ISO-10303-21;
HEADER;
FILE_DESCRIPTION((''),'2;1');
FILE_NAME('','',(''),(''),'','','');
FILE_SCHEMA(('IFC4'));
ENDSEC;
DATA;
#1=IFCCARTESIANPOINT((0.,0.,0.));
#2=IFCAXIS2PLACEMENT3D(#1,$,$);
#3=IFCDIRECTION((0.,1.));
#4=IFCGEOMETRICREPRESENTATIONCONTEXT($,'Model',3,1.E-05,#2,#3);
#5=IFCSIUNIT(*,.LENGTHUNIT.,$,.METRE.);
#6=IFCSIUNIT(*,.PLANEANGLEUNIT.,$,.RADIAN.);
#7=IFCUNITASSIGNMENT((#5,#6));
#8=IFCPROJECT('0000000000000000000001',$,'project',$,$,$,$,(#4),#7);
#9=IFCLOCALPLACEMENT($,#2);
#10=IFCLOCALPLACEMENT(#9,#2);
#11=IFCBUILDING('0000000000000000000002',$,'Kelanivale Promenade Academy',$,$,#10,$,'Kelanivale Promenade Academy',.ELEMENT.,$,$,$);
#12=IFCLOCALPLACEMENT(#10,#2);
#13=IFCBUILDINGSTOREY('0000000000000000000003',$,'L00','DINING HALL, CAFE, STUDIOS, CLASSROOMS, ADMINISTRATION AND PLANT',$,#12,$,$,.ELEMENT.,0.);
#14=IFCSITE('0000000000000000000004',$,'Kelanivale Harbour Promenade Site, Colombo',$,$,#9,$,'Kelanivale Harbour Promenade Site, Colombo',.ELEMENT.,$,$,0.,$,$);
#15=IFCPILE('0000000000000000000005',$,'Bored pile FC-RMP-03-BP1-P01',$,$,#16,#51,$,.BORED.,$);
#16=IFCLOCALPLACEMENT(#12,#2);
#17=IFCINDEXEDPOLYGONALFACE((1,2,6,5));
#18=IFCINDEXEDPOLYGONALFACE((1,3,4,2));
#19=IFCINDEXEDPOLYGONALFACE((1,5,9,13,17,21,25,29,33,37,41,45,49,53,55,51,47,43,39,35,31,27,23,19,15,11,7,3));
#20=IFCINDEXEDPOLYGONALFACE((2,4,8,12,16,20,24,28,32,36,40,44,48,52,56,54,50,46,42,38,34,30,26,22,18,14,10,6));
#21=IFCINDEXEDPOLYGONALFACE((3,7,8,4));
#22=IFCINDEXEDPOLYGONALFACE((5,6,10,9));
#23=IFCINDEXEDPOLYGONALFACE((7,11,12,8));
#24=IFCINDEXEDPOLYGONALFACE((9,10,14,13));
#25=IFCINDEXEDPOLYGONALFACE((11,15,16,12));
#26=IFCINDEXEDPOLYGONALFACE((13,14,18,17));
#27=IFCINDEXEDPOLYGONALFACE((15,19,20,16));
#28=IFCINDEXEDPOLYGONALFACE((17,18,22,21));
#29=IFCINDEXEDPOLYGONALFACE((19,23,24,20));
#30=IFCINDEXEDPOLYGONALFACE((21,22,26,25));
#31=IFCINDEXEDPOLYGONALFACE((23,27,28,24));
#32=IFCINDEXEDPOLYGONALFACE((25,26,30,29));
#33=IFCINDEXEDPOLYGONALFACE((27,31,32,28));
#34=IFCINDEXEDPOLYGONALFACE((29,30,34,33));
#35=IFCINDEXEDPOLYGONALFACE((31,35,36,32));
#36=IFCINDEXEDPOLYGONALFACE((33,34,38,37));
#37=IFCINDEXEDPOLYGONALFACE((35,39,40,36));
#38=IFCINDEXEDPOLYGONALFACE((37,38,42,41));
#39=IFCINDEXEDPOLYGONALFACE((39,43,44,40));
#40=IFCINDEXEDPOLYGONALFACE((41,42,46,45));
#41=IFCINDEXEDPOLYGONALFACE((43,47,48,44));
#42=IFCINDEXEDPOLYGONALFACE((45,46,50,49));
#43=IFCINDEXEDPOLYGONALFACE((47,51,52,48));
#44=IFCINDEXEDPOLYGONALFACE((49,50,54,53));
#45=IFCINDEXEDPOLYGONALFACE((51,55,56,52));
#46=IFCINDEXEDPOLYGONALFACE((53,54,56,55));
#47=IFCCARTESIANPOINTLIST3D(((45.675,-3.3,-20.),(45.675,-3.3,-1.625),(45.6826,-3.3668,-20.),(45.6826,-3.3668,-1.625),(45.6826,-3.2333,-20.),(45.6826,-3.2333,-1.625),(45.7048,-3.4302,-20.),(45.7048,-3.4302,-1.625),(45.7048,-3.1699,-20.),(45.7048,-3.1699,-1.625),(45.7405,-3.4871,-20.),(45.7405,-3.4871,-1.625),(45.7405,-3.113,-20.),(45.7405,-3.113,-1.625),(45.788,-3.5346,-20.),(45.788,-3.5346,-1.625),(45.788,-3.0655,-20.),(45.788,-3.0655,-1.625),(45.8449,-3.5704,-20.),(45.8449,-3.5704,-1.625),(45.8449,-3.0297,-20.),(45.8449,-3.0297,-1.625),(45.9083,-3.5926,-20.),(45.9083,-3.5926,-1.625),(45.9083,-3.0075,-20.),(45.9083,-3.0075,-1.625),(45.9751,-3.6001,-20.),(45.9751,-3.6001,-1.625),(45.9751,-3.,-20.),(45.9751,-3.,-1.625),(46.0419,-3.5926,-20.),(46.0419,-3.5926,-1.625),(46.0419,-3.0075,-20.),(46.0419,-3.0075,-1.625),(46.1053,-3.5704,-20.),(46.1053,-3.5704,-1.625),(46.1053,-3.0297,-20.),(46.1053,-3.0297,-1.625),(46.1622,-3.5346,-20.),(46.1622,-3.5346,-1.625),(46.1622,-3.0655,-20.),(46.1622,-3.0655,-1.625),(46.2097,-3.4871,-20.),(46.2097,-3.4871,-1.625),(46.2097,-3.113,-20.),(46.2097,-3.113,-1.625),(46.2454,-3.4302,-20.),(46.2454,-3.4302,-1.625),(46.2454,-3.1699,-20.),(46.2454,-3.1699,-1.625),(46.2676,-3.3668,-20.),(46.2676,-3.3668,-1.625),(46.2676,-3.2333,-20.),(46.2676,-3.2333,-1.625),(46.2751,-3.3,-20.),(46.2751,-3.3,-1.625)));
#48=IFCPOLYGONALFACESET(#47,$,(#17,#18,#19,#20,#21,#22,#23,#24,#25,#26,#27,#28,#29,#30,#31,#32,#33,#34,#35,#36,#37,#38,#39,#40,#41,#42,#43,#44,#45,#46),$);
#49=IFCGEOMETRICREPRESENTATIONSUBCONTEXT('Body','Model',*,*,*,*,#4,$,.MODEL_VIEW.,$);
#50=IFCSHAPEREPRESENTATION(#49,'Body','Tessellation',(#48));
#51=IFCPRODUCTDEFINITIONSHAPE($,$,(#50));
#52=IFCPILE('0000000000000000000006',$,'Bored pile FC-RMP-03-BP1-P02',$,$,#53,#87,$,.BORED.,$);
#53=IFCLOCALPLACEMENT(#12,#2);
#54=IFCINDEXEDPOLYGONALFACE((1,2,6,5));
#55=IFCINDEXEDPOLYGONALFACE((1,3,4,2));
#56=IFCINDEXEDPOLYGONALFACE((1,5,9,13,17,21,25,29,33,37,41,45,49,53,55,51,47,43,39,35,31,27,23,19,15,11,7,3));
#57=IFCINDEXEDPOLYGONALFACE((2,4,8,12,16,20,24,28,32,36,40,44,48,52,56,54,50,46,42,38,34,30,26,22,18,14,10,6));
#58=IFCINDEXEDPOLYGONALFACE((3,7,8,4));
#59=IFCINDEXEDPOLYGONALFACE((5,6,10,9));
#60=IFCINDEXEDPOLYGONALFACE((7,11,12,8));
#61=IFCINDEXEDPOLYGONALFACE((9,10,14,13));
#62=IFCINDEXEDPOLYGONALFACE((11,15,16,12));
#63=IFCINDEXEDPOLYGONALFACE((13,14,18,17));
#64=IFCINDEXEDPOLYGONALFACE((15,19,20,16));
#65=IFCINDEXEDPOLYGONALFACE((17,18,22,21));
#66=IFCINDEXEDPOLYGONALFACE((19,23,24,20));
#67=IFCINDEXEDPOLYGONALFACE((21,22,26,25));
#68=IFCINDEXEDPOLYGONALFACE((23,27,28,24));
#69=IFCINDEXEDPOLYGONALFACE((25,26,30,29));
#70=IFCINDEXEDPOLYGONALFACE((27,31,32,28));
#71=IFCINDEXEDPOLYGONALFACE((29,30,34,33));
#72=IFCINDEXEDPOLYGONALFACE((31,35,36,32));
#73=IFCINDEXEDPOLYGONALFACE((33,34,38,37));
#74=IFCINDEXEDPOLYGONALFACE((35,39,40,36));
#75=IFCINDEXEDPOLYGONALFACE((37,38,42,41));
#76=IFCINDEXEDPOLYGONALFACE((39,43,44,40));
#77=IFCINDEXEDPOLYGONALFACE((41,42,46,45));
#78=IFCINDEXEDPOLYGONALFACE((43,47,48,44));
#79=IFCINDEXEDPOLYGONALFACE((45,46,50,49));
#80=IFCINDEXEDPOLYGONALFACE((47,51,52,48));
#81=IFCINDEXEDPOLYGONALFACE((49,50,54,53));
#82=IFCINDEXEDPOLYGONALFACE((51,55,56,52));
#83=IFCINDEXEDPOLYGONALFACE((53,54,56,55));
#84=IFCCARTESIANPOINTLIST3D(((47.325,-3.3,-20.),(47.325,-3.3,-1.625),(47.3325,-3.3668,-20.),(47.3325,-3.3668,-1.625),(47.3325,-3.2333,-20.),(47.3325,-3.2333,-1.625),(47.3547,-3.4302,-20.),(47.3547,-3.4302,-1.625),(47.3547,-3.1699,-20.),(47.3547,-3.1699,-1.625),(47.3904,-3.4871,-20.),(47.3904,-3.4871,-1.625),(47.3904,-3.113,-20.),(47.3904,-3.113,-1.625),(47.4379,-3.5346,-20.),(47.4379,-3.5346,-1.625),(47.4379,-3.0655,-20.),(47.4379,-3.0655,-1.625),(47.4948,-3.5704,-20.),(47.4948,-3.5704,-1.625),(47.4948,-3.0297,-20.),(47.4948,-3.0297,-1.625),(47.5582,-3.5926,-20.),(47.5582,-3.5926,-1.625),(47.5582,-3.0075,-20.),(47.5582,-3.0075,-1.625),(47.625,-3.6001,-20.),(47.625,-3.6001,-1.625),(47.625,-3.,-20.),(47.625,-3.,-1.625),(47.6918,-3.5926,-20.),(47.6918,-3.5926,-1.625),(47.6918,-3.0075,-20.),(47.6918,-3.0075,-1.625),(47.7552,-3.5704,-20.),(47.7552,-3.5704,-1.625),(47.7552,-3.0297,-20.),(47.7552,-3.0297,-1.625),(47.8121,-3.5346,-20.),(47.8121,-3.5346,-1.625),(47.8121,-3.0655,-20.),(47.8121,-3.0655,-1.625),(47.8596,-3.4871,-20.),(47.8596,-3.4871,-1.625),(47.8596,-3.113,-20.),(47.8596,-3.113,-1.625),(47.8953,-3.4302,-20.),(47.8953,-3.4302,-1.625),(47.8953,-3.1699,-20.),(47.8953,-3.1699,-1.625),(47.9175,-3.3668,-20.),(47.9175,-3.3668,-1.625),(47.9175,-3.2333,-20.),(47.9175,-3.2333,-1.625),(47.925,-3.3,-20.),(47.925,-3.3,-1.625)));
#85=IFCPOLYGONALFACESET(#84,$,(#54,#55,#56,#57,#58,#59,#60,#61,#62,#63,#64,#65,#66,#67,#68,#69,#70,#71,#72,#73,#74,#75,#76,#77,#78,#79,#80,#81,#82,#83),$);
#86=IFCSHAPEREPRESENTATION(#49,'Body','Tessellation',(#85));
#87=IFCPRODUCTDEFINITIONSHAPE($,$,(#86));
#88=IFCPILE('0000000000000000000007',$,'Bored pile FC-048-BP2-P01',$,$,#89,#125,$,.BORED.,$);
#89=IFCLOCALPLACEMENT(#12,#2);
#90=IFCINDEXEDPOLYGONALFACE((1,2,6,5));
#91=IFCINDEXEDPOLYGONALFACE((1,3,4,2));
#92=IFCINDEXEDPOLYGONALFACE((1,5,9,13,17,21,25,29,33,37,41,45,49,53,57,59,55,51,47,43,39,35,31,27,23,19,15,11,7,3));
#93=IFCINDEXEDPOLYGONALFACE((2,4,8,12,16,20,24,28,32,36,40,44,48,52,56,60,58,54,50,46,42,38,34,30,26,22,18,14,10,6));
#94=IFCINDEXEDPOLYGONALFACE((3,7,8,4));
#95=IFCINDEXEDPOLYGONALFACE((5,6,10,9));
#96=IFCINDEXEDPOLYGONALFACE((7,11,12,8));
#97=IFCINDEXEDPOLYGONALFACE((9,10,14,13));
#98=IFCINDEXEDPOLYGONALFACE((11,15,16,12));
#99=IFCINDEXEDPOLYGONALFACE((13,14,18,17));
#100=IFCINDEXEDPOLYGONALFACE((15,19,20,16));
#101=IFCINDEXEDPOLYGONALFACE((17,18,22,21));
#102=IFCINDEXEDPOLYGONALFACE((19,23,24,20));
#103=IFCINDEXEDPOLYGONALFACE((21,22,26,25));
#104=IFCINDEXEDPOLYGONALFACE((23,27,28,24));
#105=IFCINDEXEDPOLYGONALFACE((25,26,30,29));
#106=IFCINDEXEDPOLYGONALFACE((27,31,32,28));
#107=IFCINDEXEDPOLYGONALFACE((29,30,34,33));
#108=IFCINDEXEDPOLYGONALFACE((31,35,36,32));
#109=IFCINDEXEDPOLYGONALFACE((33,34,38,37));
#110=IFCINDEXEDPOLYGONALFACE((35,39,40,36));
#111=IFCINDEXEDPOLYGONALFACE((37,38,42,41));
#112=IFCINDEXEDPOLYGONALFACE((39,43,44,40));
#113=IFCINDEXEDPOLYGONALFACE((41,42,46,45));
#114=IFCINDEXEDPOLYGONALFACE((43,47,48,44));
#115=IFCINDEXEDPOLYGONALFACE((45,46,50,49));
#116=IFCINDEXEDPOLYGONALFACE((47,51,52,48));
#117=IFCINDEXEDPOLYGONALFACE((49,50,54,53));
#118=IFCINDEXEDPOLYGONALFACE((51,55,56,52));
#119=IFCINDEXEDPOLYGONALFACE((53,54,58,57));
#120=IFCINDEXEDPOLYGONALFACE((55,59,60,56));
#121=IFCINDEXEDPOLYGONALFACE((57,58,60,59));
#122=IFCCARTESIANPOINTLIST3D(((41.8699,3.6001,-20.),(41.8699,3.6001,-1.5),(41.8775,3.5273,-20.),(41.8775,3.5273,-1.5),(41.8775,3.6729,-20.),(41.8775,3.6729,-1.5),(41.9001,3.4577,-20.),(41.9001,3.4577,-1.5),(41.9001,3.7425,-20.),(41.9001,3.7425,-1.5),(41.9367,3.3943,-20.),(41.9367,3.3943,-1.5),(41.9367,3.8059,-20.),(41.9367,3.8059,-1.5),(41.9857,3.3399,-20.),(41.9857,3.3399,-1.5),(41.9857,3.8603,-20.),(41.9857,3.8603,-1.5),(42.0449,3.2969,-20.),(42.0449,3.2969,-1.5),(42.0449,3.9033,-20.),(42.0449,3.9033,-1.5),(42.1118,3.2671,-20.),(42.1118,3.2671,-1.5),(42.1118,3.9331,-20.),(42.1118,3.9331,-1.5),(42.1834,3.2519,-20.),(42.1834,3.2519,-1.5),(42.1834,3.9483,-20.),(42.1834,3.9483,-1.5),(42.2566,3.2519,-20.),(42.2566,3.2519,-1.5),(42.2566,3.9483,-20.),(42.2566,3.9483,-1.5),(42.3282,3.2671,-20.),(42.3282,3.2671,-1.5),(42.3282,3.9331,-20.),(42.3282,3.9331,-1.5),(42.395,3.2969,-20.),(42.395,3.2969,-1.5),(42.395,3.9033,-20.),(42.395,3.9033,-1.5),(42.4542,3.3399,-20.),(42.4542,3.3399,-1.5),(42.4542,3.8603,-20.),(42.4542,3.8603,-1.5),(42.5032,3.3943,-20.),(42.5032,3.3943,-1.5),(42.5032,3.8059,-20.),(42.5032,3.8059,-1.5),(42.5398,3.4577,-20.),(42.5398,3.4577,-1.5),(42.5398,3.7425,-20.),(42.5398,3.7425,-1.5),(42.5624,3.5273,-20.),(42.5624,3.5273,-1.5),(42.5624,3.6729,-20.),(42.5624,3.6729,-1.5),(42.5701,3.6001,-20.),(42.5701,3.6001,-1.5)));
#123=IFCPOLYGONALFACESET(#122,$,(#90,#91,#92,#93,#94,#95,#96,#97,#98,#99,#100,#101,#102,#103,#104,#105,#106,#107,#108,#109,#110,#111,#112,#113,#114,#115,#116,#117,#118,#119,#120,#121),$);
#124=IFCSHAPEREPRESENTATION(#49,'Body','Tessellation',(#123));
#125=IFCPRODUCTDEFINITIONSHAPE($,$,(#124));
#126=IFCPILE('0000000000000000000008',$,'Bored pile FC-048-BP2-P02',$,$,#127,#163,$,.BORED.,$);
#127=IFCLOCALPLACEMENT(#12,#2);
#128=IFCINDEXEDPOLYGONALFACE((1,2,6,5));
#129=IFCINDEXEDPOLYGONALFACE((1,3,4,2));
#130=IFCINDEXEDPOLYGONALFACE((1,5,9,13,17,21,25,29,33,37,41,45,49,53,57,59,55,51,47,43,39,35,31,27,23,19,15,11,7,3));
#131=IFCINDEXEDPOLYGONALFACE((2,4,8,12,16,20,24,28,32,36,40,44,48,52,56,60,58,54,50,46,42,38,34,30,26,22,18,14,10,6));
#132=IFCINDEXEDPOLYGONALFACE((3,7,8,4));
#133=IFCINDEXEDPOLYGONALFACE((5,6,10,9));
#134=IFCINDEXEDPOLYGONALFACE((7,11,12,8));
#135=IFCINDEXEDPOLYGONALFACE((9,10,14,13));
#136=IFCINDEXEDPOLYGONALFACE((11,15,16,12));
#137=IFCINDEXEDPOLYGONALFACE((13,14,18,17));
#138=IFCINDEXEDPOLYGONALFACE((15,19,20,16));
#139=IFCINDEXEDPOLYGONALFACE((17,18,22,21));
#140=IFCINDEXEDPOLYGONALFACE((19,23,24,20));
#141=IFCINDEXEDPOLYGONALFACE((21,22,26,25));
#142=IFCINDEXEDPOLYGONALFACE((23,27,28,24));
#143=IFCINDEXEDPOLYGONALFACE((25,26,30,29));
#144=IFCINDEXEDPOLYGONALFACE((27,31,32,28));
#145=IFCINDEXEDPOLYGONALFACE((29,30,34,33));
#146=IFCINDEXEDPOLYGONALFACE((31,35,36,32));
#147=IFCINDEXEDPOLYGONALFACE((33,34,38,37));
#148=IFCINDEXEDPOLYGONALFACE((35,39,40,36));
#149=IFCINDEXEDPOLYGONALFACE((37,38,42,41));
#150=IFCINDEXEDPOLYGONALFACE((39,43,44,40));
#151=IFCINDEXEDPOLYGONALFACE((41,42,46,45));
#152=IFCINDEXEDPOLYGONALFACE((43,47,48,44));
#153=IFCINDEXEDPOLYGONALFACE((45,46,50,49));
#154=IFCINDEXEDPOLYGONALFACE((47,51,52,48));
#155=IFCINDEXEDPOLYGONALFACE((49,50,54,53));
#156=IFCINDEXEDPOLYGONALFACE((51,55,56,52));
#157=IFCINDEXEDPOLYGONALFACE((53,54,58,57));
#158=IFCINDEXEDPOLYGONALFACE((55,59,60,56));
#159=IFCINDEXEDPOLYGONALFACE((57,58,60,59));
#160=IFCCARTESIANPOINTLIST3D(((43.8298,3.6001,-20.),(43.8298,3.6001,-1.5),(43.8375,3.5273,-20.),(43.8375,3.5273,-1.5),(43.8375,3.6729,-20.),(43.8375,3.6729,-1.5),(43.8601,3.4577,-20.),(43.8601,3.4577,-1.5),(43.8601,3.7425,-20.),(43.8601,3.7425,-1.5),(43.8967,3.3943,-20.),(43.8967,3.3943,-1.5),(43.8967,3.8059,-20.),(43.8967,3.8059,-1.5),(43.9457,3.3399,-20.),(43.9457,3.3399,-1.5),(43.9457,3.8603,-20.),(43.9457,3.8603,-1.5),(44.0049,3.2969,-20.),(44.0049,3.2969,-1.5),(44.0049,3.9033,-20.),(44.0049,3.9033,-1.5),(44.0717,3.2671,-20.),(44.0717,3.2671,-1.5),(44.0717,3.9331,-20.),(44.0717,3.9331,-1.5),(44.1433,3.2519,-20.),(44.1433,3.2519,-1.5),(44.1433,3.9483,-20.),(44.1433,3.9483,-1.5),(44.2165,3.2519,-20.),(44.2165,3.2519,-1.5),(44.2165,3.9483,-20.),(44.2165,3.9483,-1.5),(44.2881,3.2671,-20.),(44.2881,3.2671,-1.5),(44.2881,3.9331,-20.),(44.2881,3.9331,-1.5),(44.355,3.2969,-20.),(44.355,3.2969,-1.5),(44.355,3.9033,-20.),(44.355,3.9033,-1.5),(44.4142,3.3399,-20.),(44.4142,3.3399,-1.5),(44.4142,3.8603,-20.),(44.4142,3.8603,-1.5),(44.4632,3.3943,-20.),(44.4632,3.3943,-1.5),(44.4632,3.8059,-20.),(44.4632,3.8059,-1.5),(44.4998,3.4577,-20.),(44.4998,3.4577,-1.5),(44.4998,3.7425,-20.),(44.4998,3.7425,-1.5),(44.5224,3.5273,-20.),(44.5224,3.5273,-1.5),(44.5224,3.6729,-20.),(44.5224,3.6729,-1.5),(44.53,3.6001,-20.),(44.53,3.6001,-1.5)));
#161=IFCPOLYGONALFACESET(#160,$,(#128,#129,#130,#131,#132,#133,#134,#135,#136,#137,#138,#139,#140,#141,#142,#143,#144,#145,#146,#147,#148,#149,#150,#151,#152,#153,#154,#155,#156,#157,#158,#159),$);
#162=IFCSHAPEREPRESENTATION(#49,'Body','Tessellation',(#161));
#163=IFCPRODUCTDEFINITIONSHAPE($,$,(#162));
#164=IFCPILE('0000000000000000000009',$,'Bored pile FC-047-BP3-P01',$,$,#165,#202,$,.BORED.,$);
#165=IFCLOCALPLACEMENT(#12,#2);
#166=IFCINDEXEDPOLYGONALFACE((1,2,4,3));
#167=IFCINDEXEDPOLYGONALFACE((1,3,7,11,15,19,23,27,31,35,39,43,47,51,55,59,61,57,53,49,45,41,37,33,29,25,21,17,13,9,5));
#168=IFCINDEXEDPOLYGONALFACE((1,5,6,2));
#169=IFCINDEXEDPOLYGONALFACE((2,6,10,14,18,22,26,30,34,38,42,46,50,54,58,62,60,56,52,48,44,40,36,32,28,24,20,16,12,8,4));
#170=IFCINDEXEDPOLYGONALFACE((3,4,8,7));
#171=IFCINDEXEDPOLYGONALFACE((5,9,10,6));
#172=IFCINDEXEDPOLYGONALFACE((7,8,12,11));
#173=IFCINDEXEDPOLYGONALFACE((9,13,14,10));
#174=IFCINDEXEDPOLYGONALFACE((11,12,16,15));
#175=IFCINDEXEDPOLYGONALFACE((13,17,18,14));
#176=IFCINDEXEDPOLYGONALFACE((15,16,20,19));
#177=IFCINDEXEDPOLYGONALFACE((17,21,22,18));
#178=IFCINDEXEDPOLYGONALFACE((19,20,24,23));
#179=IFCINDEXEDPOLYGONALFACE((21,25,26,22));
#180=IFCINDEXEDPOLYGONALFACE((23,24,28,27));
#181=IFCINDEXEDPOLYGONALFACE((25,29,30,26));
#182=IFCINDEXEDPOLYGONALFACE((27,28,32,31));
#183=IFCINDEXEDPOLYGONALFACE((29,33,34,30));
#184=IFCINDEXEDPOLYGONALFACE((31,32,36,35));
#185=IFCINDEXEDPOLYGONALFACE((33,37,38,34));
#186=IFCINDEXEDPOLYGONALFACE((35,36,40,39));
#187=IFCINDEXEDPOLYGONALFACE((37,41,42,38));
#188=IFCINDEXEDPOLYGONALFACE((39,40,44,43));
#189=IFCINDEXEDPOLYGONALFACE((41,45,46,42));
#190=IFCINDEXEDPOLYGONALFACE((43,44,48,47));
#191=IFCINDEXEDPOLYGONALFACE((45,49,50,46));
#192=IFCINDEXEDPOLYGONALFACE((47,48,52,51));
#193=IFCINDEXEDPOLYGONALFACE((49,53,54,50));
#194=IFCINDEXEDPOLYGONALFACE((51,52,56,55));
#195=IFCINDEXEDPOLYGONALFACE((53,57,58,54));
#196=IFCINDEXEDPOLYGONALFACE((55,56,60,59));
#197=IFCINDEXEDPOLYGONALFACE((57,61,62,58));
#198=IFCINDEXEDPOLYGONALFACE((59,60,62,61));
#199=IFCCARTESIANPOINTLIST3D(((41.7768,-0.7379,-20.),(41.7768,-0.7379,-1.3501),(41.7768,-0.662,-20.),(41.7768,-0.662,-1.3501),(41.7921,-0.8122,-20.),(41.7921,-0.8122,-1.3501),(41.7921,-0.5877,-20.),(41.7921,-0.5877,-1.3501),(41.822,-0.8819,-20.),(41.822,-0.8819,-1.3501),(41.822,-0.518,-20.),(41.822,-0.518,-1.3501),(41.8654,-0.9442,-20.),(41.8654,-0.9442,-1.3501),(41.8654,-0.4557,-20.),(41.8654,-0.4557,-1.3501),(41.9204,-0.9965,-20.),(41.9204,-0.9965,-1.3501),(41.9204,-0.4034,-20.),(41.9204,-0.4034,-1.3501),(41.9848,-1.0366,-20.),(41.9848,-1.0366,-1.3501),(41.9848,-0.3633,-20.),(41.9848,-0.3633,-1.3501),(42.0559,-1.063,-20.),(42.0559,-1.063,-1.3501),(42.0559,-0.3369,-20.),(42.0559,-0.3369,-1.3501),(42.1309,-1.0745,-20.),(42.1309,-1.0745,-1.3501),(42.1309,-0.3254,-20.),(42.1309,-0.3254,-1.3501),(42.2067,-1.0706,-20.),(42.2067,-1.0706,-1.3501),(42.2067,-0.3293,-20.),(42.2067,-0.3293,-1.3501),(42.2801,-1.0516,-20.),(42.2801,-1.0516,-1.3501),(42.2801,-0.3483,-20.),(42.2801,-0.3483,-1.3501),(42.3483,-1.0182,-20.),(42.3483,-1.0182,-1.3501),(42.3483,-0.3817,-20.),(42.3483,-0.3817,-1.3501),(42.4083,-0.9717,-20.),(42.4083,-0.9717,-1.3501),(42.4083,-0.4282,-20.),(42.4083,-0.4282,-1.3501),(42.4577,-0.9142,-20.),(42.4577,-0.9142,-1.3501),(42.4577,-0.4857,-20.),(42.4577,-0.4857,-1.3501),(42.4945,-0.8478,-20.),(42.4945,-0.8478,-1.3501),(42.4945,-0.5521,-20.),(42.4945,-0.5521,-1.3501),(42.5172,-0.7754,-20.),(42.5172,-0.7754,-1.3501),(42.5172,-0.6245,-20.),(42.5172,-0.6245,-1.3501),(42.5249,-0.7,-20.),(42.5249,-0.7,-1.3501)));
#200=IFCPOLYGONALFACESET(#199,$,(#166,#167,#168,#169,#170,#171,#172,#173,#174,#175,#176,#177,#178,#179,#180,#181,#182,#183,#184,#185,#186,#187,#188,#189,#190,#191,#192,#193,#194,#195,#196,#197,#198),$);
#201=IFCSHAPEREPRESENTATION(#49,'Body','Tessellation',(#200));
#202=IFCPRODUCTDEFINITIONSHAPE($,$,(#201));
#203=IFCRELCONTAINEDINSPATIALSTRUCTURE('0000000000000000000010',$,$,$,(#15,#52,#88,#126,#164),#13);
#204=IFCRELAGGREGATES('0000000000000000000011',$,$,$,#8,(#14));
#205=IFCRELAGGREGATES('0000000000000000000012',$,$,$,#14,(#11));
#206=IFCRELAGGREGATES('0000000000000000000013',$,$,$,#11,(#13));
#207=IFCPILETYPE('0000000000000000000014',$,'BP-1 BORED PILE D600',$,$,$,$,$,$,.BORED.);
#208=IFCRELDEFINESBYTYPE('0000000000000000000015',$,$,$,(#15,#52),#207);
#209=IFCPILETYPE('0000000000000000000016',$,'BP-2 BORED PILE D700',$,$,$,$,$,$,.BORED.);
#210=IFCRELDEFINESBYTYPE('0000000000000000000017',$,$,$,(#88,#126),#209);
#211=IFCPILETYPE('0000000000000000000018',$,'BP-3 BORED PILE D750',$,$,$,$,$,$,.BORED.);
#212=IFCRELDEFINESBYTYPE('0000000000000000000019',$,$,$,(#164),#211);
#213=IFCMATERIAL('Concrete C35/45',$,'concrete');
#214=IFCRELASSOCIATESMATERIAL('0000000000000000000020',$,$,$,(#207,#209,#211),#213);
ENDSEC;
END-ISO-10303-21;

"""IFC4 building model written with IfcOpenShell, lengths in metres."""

from ifc_helpers import new_model, si_unit, direction, frame, origin, origin_2d, place, context, subcontext, project, spatial, circle, extrude, material, material_profile, profile_set, type_object, element, save


model = new_model("IFC4")

# Units and contexts
model_context = context("Model", 3, precision=1e-05, world=origin(), true_north=direction((0.0, 1.0)))
body_context = subcontext(model_context, "Body", "Model", "MODEL_VIEW")
ifc_project = project(units=[si_unit("LENGTHUNIT", "METRE"), si_unit("PLANEANGLEUNIT", "RADIAN")], contexts=[model_context])

# Site, building, storey
site_placement = place(None, origin())
site = spatial("IfcSite", under=ifc_project, at=site_placement, Name="Kelanivale Harbour Promenade Site, Colombo", LongName="Kelanivale Harbour Promenade Site, Colombo", CompositionType="ELEMENT", RefElevation=0.0)
building_placement = place(site_placement, origin())
building = spatial("IfcBuilding", under=site, at=building_placement, Name="Kelanivale Promenade Academy", LongName="Kelanivale Promenade Academy", CompositionType="ELEMENT")
storey_placement = place(building_placement, origin())
storey = spatial("IfcBuildingStorey", under=building, at=storey_placement, Name="L00", Description="DINING HALL, CAFE, STUDIOS, CLASSROOMS, ADMINISTRATION AND PLANT", CompositionType="ELEMENT", Elevation=0.0)

# Piles
ifc_material_1 = material(Name="Concrete C35/45", Category="concrete")
ifc_material_profile_1 = material_profile(ifc_material_1, circle(Radius=0.3, at=origin_2d()), Name="BORED PILE D600")
ifc_profile_set_1 = profile_set([ifc_material_profile_1], Name="Concrete C35/45")
pile_type_1 = type_object("IfcPileType", Name="BP-1 BORED PILE D600", PredefinedType="BORED", material=ifc_profile_set_1)
for number, where, z_axis, x_axis, name in (
    (1, (45.9751, -3.3, -1.625), (0.0, 0.0, -1.0), (1.0, 0.0, 0.0), "Bored pile FC-RMP-03-BP1-P01"),
    (2, (47.625, -3.3, -1.625), (0.0, 0.0, -1.0), (1.0, 0.0, 0.0), "Bored pile FC-RMP-03-BP1-P02"),
):
    element("IfcPile", number, at=place(storey_placement, frame(where, z_axis=z_axis, x_axis=x_axis)), inside=storey, type_object=pile_type_1, Name=name, PredefinedType="BORED", context=body_context, shape_type="SweptSolid", body=[
        extrude(circle(Radius=0.3, at=origin_2d()), origin(), (0.0, 0.0, 1.0), 18.375),
    ])
ifc_material_profile_2 = material_profile(ifc_material_1, circle(Radius=0.3501, at=origin_2d()), Name="BORED PILE D700")
ifc_profile_set_2 = profile_set([ifc_material_profile_2], Name="Concrete C35/45")
pile_type_2 = type_object("IfcPileType", Name="BP-2 BORED PILE D700", PredefinedType="BORED", material=ifc_profile_set_2)
for number, where, z_axis, x_axis, name in (
    (3, (42.22, 3.6001, -1.5), (0.0, 0.0, -1.0), (1.0, 0.0, 0.0), "Bored pile FC-048-BP2-P01"),
    (4, (44.1799, 3.6001, -1.5), (0.0, 0.0, -1.0), (1.0, 0.0, 0.0), "Bored pile FC-048-BP2-P02"),
):
    element("IfcPile", number, at=place(storey_placement, frame(where, z_axis=z_axis, x_axis=x_axis)), inside=storey, type_object=pile_type_2, Name=name, PredefinedType="BORED", context=body_context, shape_type="SweptSolid", body=[
        extrude(circle(Radius=0.3501, at=origin_2d()), origin(), (0.0, 0.0, 1.0), 18.5),
    ])
ifc_material_profile_3 = material_profile(ifc_material_1, circle(Radius=0.375, at=origin_2d()), Name="BORED PILE D750")
ifc_profile_set_3 = profile_set([ifc_material_profile_3], Name="Concrete C35/45")
pile_type_3 = type_object("IfcPileType", Name="BP-3 BORED PILE D750", PredefinedType="BORED", material=ifc_profile_set_3)
for number, where, z_axis, x_axis, name in (
    (5, (42.1499, -0.7, -1.3501), (0.0, 0.0, -1.0), (1.0, 0.0, 0.0), "Bored pile FC-047-BP3-P01"),
):
    element("IfcPile", number, at=place(storey_placement, frame(where, z_axis=z_axis, x_axis=x_axis)), inside=storey, type_object=pile_type_3, Name=name, PredefinedType="BORED", context=body_context, shape_type="SweptSolid", body=[
        extrude(circle(Radius=0.375, at=origin_2d()), origin(), (0.0, 0.0, 1.0), 18.6499),
    ])

save(model, "model.ifc")
